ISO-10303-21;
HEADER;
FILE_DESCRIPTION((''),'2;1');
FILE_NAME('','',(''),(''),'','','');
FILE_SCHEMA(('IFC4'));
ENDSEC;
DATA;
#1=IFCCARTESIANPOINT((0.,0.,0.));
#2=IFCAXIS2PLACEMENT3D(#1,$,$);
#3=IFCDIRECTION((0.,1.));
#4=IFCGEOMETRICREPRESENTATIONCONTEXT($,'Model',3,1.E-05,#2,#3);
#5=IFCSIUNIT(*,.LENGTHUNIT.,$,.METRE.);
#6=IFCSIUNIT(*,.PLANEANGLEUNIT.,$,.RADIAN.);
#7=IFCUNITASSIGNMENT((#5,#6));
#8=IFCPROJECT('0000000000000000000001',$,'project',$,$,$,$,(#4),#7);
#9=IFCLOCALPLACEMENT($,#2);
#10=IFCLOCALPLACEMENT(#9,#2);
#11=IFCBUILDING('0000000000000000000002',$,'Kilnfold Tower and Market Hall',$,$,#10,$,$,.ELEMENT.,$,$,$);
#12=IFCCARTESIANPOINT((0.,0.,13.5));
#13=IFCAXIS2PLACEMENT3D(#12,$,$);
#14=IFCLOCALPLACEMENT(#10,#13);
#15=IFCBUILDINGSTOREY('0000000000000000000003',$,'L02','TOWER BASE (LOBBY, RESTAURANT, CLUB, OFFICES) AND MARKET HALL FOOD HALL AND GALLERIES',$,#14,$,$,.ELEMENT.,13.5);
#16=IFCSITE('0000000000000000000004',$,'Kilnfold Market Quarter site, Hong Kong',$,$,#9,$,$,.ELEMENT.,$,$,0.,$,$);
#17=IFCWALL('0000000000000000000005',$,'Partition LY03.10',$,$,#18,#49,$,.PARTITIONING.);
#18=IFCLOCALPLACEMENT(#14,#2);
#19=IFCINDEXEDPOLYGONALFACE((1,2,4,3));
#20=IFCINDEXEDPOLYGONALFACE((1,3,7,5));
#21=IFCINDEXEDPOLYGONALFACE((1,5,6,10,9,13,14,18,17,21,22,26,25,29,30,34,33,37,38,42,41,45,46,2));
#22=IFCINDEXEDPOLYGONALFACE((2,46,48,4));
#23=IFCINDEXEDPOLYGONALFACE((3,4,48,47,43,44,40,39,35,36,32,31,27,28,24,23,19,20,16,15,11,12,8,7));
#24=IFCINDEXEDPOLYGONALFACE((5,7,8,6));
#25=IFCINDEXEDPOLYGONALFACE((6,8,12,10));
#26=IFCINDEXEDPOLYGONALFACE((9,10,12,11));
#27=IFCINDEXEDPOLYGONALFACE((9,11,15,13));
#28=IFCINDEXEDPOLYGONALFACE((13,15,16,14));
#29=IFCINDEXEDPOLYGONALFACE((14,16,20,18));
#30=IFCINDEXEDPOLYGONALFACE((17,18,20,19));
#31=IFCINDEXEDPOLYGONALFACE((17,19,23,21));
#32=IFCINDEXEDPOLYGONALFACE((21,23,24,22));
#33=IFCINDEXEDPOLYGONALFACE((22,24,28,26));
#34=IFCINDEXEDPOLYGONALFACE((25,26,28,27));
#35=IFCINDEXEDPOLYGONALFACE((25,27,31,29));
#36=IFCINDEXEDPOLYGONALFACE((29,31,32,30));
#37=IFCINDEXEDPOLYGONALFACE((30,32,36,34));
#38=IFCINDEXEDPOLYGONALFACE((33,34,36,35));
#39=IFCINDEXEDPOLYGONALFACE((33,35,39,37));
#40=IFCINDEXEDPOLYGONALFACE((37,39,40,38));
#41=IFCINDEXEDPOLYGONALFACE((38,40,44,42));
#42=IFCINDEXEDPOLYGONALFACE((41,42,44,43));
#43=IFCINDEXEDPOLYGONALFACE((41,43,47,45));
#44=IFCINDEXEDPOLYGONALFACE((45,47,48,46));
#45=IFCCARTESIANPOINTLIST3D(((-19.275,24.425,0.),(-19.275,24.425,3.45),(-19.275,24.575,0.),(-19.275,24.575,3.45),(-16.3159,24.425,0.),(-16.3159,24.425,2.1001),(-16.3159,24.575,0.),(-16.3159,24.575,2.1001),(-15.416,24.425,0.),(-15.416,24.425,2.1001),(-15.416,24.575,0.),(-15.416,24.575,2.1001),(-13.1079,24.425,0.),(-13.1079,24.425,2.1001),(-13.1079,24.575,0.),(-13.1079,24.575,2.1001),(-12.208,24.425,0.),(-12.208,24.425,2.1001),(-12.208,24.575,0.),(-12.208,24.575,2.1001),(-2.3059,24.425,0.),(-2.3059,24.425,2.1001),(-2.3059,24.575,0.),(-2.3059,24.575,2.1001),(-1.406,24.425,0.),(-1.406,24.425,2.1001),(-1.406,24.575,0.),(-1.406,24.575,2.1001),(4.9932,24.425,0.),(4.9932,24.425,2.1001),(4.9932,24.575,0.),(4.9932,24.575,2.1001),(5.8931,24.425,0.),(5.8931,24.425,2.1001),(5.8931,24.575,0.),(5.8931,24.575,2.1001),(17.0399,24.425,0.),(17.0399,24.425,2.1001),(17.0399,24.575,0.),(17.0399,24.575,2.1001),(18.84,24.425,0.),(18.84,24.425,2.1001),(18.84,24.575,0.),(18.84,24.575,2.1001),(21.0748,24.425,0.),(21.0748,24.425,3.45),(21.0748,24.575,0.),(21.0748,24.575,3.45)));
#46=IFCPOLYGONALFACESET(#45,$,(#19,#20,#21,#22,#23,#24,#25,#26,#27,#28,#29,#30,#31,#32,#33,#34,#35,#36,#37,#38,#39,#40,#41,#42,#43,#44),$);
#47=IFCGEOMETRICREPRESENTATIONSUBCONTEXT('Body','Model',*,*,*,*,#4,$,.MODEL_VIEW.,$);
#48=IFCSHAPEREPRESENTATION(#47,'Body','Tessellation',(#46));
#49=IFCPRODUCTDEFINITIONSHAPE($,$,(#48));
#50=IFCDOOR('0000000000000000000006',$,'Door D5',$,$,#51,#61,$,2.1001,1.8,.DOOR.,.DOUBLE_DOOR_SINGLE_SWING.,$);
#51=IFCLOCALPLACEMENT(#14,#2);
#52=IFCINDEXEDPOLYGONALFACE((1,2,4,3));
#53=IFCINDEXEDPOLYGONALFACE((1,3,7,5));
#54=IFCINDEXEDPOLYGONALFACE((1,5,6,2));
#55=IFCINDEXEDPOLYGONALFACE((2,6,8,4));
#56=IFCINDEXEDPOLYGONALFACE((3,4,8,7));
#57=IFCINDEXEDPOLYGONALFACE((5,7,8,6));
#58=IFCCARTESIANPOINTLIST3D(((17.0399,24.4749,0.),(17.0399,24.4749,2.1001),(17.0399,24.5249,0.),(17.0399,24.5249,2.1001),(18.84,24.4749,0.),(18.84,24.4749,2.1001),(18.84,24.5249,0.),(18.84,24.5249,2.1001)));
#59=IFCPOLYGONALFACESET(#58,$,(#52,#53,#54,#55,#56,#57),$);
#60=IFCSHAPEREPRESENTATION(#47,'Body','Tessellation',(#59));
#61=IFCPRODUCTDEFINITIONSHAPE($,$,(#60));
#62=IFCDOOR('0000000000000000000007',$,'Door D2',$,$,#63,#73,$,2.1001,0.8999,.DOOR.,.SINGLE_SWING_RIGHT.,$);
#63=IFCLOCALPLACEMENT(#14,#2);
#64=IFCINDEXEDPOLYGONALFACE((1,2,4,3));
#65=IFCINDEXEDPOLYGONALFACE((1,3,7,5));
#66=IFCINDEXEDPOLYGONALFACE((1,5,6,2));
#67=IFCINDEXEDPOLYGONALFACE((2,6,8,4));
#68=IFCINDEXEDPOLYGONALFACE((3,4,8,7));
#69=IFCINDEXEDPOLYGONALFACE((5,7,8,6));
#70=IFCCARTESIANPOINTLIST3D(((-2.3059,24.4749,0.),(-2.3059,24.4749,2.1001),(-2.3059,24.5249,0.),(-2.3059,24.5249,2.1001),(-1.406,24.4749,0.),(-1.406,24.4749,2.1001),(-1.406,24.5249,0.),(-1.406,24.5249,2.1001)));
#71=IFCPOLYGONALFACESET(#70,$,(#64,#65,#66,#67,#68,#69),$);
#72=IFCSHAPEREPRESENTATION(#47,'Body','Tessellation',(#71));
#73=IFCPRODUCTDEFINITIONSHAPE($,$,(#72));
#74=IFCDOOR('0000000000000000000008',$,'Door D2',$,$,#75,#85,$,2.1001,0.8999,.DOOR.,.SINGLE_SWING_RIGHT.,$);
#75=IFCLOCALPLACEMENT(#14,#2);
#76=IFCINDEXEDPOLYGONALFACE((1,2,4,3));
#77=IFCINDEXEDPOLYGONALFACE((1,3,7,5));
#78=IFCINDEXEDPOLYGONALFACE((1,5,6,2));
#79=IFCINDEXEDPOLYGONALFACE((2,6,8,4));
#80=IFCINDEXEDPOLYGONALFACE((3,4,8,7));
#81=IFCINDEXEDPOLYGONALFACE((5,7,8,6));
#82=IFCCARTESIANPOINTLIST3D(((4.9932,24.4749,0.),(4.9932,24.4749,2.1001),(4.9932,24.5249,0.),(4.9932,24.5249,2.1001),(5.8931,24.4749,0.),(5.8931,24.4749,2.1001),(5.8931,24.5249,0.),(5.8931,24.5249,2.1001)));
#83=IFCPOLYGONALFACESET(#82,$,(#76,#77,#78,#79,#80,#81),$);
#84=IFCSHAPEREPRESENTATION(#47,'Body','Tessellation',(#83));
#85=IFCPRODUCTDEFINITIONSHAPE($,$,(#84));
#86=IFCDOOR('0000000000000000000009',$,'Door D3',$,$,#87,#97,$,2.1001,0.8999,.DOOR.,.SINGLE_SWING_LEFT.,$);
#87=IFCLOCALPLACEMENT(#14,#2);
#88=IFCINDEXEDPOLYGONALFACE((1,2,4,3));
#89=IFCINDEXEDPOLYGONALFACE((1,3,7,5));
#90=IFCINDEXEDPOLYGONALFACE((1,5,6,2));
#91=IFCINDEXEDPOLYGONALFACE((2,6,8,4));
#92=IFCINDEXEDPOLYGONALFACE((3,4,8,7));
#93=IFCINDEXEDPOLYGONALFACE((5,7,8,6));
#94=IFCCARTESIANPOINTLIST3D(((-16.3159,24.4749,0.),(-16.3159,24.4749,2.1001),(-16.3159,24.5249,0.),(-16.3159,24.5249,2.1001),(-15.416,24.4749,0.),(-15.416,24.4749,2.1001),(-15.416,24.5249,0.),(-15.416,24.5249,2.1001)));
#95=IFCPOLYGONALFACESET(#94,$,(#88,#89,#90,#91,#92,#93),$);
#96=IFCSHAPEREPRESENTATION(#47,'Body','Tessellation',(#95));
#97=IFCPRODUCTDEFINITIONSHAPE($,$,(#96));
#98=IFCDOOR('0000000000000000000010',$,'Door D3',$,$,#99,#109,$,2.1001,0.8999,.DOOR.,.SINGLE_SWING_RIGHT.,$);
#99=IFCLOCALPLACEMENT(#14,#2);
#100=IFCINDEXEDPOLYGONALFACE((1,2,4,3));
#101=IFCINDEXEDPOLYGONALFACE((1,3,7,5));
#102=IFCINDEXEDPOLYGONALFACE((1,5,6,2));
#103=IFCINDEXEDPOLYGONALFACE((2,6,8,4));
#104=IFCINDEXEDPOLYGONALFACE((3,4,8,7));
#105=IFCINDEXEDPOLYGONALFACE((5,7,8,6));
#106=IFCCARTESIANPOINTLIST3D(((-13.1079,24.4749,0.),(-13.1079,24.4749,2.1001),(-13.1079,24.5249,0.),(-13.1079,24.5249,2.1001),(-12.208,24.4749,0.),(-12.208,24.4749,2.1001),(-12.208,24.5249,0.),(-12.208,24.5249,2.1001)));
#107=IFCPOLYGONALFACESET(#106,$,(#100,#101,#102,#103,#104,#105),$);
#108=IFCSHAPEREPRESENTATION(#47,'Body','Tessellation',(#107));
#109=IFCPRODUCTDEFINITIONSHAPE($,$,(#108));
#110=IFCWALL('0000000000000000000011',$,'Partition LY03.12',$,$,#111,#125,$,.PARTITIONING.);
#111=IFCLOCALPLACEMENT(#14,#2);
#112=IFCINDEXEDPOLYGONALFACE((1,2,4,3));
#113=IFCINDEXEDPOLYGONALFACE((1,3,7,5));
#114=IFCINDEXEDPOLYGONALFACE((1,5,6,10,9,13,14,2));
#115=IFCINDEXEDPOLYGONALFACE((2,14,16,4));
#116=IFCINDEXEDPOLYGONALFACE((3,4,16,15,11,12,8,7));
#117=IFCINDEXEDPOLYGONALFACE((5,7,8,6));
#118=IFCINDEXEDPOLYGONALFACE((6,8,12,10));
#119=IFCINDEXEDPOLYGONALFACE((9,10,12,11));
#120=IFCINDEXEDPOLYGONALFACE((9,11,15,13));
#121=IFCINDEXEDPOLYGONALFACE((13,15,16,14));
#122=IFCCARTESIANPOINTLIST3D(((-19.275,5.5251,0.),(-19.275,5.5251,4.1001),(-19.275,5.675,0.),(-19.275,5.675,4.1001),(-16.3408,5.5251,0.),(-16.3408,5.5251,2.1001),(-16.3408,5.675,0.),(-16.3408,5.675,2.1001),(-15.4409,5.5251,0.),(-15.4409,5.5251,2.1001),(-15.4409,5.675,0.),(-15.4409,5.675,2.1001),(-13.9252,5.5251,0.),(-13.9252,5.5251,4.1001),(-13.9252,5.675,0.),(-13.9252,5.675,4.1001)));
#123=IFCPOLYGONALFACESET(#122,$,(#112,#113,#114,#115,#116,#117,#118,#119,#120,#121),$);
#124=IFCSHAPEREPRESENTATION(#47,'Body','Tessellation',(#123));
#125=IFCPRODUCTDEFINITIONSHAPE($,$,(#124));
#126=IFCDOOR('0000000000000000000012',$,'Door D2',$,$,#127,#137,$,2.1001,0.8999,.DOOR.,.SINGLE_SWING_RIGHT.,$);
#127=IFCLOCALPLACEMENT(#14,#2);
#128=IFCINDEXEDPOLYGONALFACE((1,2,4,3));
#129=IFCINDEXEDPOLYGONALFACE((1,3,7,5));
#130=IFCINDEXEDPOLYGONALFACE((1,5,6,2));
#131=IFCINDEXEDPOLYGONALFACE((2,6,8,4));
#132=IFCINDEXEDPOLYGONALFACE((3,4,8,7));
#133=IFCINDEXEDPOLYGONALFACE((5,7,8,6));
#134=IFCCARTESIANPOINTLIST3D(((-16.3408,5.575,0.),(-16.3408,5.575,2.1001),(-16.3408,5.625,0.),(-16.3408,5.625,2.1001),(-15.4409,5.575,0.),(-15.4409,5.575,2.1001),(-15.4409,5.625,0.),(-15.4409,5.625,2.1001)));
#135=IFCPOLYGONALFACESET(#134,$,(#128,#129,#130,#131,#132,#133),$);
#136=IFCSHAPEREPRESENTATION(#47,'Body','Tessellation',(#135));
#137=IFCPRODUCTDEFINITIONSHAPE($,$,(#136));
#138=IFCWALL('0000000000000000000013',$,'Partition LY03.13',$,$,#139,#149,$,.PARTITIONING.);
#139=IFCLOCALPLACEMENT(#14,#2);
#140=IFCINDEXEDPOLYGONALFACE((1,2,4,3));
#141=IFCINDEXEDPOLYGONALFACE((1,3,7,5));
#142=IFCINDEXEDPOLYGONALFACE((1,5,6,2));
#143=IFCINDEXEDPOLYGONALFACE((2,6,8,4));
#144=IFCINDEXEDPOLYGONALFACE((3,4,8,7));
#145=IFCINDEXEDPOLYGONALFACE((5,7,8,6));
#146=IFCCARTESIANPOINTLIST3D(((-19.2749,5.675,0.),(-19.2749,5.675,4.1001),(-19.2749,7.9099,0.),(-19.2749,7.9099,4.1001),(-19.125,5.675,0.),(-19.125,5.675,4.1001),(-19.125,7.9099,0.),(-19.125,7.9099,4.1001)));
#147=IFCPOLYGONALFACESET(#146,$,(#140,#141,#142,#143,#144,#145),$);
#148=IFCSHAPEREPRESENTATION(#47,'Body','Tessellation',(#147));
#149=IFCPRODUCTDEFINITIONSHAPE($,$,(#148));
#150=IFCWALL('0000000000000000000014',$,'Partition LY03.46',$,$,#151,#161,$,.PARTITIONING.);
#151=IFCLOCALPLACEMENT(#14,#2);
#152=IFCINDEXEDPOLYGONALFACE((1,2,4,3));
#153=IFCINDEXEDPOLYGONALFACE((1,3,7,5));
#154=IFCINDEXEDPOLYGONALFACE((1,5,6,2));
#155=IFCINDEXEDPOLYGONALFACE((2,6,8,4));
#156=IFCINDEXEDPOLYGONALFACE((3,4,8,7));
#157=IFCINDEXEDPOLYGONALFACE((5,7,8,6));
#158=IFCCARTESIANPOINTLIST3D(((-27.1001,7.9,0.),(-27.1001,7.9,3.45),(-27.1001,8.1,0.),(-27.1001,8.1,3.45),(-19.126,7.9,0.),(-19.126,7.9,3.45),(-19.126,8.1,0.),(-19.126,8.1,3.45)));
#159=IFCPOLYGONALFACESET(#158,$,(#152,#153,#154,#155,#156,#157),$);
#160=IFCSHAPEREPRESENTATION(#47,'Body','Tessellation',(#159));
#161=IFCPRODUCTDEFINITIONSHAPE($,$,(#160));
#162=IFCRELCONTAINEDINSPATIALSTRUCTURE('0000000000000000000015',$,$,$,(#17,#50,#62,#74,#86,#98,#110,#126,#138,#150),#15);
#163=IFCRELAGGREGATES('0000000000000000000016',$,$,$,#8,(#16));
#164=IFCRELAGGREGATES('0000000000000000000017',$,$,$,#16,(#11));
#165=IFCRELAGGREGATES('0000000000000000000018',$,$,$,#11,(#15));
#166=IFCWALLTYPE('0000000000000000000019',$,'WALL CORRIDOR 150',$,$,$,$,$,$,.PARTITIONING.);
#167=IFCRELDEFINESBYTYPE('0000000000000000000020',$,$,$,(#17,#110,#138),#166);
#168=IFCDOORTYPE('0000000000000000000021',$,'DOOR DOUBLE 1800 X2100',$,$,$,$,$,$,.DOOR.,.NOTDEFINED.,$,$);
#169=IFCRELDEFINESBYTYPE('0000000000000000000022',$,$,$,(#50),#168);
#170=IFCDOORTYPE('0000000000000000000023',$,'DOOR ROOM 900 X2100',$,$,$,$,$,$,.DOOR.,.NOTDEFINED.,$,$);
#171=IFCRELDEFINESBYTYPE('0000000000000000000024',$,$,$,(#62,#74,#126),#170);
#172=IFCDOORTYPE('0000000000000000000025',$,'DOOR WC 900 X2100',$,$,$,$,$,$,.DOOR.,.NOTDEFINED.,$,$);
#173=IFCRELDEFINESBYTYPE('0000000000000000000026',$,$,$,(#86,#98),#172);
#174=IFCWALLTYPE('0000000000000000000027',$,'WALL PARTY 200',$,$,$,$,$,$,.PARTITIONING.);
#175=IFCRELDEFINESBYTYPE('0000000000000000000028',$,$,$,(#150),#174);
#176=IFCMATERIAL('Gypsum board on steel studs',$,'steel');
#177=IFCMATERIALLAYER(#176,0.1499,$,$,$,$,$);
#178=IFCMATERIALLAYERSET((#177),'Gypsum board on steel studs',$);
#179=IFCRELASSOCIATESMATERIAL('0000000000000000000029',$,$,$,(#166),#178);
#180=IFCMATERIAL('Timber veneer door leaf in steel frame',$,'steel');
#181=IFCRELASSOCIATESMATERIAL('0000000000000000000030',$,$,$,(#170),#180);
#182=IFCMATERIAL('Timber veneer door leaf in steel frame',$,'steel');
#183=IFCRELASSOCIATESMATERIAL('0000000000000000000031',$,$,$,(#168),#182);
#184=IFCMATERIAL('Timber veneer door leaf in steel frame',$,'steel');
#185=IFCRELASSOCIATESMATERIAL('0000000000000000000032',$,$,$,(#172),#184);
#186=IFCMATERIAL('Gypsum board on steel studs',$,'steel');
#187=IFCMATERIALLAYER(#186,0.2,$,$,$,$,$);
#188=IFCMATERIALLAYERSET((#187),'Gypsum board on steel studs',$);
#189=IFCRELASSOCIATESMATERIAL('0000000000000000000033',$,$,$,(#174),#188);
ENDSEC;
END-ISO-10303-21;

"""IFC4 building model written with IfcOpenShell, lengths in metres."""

from ifc_helpers import new_model, si_unit, direction, frame, frame_2d, origin, place, context, subcontext, project, spatial, rectangle, extrude, material, layer, layer_set, type_object, element, fill, save


model = new_model("IFC4")

# Units and contexts
model_context = context("Model", 3, precision=1e-05, world=origin(), true_north=direction((0.0, 1.0)))
body_context = subcontext(model_context, "Body", "Model", "MODEL_VIEW")
ifc_project = project(units=[si_unit("LENGTHUNIT", "METRE"), si_unit("PLANEANGLEUNIT", "RADIAN")], contexts=[model_context])

# Site, building, storey
site_placement = place(None, origin())
site = spatial("IfcSite", under=ifc_project, at=site_placement, Name="Kilnfold Market Quarter site, Hong Kong", CompositionType="ELEMENT", RefElevation=0.0)
building_placement = place(site_placement, origin())
building = spatial("IfcBuilding", under=site, at=building_placement, Name="Kilnfold Tower and Market Hall", CompositionType="ELEMENT")
storey_placement = place(building_placement, frame((0.0, 0.0, 13.5)))
storey = spatial("IfcBuildingStorey", under=building, at=storey_placement, Name="L02", Description="TOWER BASE (LOBBY, RESTAURANT, CLUB, OFFICES) AND MARKET HALL FOOD HALL AND GALLERIES", CompositionType="ELEMENT", Elevation=13.5)

# Shared definitions
ifc_material_1 = material(Name="Gypsum board on steel studs", Category="steel")
ifc_layer_1 = layer(ifc_material_1, 0.1499)
ifc_layer_set_1 = layer_set([ifc_layer_1], Name="Gypsum board on steel studs")
wall_type_1 = type_object("IfcWallType", Name="WALL CORRIDOR 150", PredefinedType="PARTITIONING", material=ifc_layer_set_1)
ifc_material_2 = material(Name="Timber veneer door leaf in steel frame", Category="steel")
door_type_1 = type_object("IfcDoorType", Name="DOOR ROOM 900 X2100", OperationType="NOTDEFINED", PredefinedType="DOOR", material=ifc_material_2)

# Wall, openings, doors
wall_1_placement = place(storey_placement, frame((-19.2749, 24.5, 0.0), z_axis=(0.0, 0.0, 1.0), x_axis=(1.0, 0.0, 0.0)))
wall_1 = element("IfcWall", 1, at=wall_1_placement, inside=storey, type_object=wall_type_1, Name="Partition LY03.10", PredefinedType="PARTITIONING", context=body_context, shape_type="SweptSolid", body=[
    extrude(rectangle(XDim=40.3499, YDim=0.1499, at=frame_2d((20.1748, 0.0))), origin(), (0.0, 0.0, 1.0), 3.45),
])
opening_1_placement = place(wall_1_placement, frame((2.959, 0.0, 0.0)))
opening_1 = element("IfcOpeningElement", 2, at=opening_1_placement, cuts=wall_1, PredefinedType="OPENING", context=body_context, shape_type="SweptSolid", body=[
    extrude(rectangle(XDim=0.8999, YDim=2.1001, at=frame_2d((0.45, 1.05))), frame((0.0, 0.085, 0.0), z_axis=(0.0, -1.0, 0.0), x_axis=(1.0, 0.0, 0.0)), (0.0, 0.0, 1.0), 0.1699),
])
opening_2_placement = place(wall_1_placement, frame((6.167, 0.0, 0.0)))
opening_2 = element("IfcOpeningElement", 3, at=opening_2_placement, cuts=wall_1, PredefinedType="OPENING", context=body_context, shape_type="SweptSolid", body=[
    extrude(rectangle(XDim=0.8999, YDim=2.1001, at=frame_2d((0.45, 1.05))), frame((0.0, 0.085, 0.0), z_axis=(0.0, -1.0, 0.0), x_axis=(1.0, 0.0, 0.0)), (0.0, 0.0, 1.0), 0.1699),
])
opening_3_placement = place(wall_1_placement, frame((16.969, 0.0, 0.0)))
opening_3 = element("IfcOpeningElement", 4, at=opening_3_placement, cuts=wall_1, PredefinedType="OPENING", context=body_context, shape_type="SweptSolid", body=[
    extrude(rectangle(XDim=0.8999, YDim=2.1001, at=frame_2d((0.45, 1.05))), frame((0.0, 0.085, 0.0), z_axis=(0.0, -1.0, 0.0), x_axis=(1.0, 0.0, 0.0)), (0.0, 0.0, 1.0), 0.1699),
])
opening_4_placement = place(wall_1_placement, frame((24.2681, 0.0, 0.0)))
opening_4 = element("IfcOpeningElement", 5, at=opening_4_placement, cuts=wall_1, PredefinedType="OPENING", context=body_context, shape_type="SweptSolid", body=[
    extrude(rectangle(XDim=0.8999, YDim=2.1001, at=frame_2d((0.45, 1.05))), frame((0.0, 0.085, 0.0), z_axis=(0.0, -1.0, 0.0), x_axis=(1.0, 0.0, 0.0)), (0.0, 0.0, 1.0), 0.1699),
])
opening_5_placement = place(wall_1_placement, frame((36.3149, 0.0, 0.0)))
opening_5 = element("IfcOpeningElement", 6, at=opening_5_placement, cuts=wall_1, PredefinedType="OPENING", context=body_context, shape_type="SweptSolid", body=[
    extrude(rectangle(XDim=1.8, YDim=2.1001, at=frame_2d((0.8999, 1.05))), frame((0.0, 0.085, 0.0), z_axis=(0.0, -1.0, 0.0), x_axis=(1.0, 0.0, 0.0)), (0.0, 0.0, 1.0), 0.1699),
])
ifc_material_3 = material(Name="Timber veneer door leaf in steel frame", Category="steel")
door_type_2 = type_object("IfcDoorType", Name="DOOR DOUBLE 1800 X2100", OperationType="NOTDEFINED", PredefinedType="DOOR", material=ifc_material_3)
door_1_placement = place(opening_5_placement, origin())
door_1 = element("IfcDoor", 7, at=door_1_placement, inside=storey, type_object=door_type_2, Name="Door D5", OperationType="DOUBLE_DOOR_SINGLE_SWING", OverallHeight=2.1001, OverallWidth=1.8, PredefinedType="DOOR", context=body_context, shape_type="SweptSolid", body=[
    extrude(rectangle(XDim=1.8, YDim=2.1001, at=frame_2d((0.8999, 1.05))), frame((0.0, 0.0249, 0.0), z_axis=(0.0, -1.0, 0.0), x_axis=(1.0, 0.0, 0.0)), (0.0, 0.0, 1.0), 0.05),
])
fill(opening_5, door_1)
door_2_placement = place(opening_3_placement, origin())
door_2 = element("IfcDoor", 8, at=door_2_placement, inside=storey, type_object=door_type_1, Name="Door D2", OperationType="SINGLE_SWING_RIGHT", OverallHeight=2.1001, OverallWidth=0.8999, PredefinedType="DOOR", context=body_context, shape_type="SweptSolid", body=[
    extrude(rectangle(XDim=0.8999, YDim=2.1001, at=frame_2d((0.45, 1.05))), frame((0.0, 0.0249, 0.0), z_axis=(0.0, -1.0, 0.0), x_axis=(1.0, 0.0, 0.0)), (0.0, 0.0, 1.0), 0.05),
])
fill(opening_3, door_2)
door_3_placement = place(opening_4_placement, origin())
door_3 = element("IfcDoor", 9, at=door_3_placement, inside=storey, type_object=door_type_1, Name="Door D2", OperationType="SINGLE_SWING_RIGHT", OverallHeight=2.1001, OverallWidth=0.8999, PredefinedType="DOOR", context=body_context, shape_type="SweptSolid", body=[
    extrude(rectangle(XDim=0.8999, YDim=2.1001, at=frame_2d((0.45, 1.05))), frame((0.0, 0.0249, 0.0), z_axis=(0.0, -1.0, 0.0), x_axis=(1.0, 0.0, 0.0)), (0.0, 0.0, 1.0), 0.05),
])
fill(opening_4, door_3)
ifc_material_4 = material(Name="Timber veneer door leaf in steel frame", Category="steel")
door_type_3 = type_object("IfcDoorType", Name="DOOR WC 900 X2100", OperationType="NOTDEFINED", PredefinedType="DOOR", material=ifc_material_4)
door_4_placement = place(opening_1_placement, origin())
door_4 = element("IfcDoor", 10, at=door_4_placement, inside=storey, type_object=door_type_3, Name="Door D3", OperationType="SINGLE_SWING_LEFT", OverallHeight=2.1001, OverallWidth=0.8999, PredefinedType="DOOR", context=body_context, shape_type="SweptSolid", body=[
    extrude(rectangle(XDim=0.8999, YDim=2.1001, at=frame_2d((0.45, 1.05))), frame((0.0, 0.0249, 0.0), z_axis=(0.0, -1.0, 0.0), x_axis=(1.0, 0.0, 0.0)), (0.0, 0.0, 1.0), 0.05),
])
fill(opening_1, door_4)
door_5_placement = place(opening_2_placement, origin())
door_5 = element("IfcDoor", 11, at=door_5_placement, inside=storey, type_object=door_type_3, Name="Door D3", OperationType="SINGLE_SWING_RIGHT", OverallHeight=2.1001, OverallWidth=0.8999, PredefinedType="DOOR", context=body_context, shape_type="SweptSolid", body=[
    extrude(rectangle(XDim=0.8999, YDim=2.1001, at=frame_2d((0.45, 1.05))), frame((0.0, 0.0249, 0.0), z_axis=(0.0, -1.0, 0.0), x_axis=(1.0, 0.0, 0.0)), (0.0, 0.0, 1.0), 0.05),
])
fill(opening_2, door_5)

# Wall, opening, door
wall_2_placement = place(storey_placement, frame((-19.2749, 5.6001, 0.0), z_axis=(0.0, 0.0, 1.0), x_axis=(1.0, 0.0, 0.0)))
wall_2 = element("IfcWall", 12, at=wall_2_placement, inside=storey, type_object=wall_type_1, Name="Partition LY03.12", PredefinedType="PARTITIONING", context=body_context, shape_type="SweptSolid", body=[
    extrude(rectangle(XDim=5.3499, YDim=0.1499, at=frame_2d((2.6748, 0.0))), origin(), (0.0, 0.0, 1.0), 4.1001),
])
opening_6_placement = place(wall_2_placement, frame((2.9341, 0.0, 0.0)))
opening_6 = element("IfcOpeningElement", 13, at=opening_6_placement, cuts=wall_2, PredefinedType="OPENING", context=body_context, shape_type="SweptSolid", body=[
    extrude(rectangle(XDim=0.8999, YDim=2.1001, at=frame_2d((0.45, 1.05))), frame((0.0, 0.085, 0.0), z_axis=(0.0, -1.0, 0.0), x_axis=(1.0, 0.0, 0.0)), (0.0, 0.0, 1.0), 0.1699),
])
door_6_placement = place(opening_6_placement, origin())
door_6 = element("IfcDoor", 14, at=door_6_placement, inside=storey, type_object=door_type_1, Name="Door D2", OperationType="SINGLE_SWING_RIGHT", OverallHeight=2.1001, OverallWidth=0.8999, PredefinedType="DOOR", context=body_context, shape_type="SweptSolid", body=[
    extrude(rectangle(XDim=0.8999, YDim=2.1001, at=frame_2d((0.45, 1.05))), frame((0.0, 0.0249, 0.0), z_axis=(0.0, -1.0, 0.0), x_axis=(1.0, 0.0, 0.0)), (0.0, 0.0, 1.0), 0.05),
])
fill(opening_6, door_6)

# Walls
wall_3_placement = place(storey_placement, frame((-19.2, 5.675, 0.0), z_axis=(0.0, 0.0, 1.0), x_axis=(0.0, 1.0, 0.0)))
element("IfcWall", 15, at=wall_3_placement, inside=storey, type_object=wall_type_1, Name="Partition LY03.13", PredefinedType="PARTITIONING", context=body_context, shape_type="SweptSolid", body=[
    extrude(rectangle(XDim=2.2349, YDim=0.1499, at=frame_2d((1.1174, 0.0))), origin(), (0.0, 0.0, 1.0), 4.1001),
])
ifc_material_5 = material(Name="Gypsum board on steel studs", Category="steel")
ifc_layer_2 = layer(ifc_material_5, 0.2)
ifc_layer_set_2 = layer_set([ifc_layer_2], Name="Gypsum board on steel studs")
wall_type_2 = type_object("IfcWallType", Name="WALL PARTY 200", PredefinedType="PARTITIONING", material=ifc_layer_set_2)
wall_4_placement = place(storey_placement, frame((-27.1001, 8.0, 0.0), z_axis=(0.0, 0.0, 1.0), x_axis=(1.0, 0.0, 0.0)))
element("IfcWall", 16, at=wall_4_placement, inside=storey, type_object=wall_type_2, Name="Partition LY03.46", PredefinedType="PARTITIONING", context=body_context, shape_type="SweptSolid", body=[
    extrude(rectangle(XDim=7.9741, YDim=0.2, at=frame_2d((3.9871, 0.0))), origin(), (0.0, 0.0, 1.0), 3.45),
])

save(model, "model.ifc")
